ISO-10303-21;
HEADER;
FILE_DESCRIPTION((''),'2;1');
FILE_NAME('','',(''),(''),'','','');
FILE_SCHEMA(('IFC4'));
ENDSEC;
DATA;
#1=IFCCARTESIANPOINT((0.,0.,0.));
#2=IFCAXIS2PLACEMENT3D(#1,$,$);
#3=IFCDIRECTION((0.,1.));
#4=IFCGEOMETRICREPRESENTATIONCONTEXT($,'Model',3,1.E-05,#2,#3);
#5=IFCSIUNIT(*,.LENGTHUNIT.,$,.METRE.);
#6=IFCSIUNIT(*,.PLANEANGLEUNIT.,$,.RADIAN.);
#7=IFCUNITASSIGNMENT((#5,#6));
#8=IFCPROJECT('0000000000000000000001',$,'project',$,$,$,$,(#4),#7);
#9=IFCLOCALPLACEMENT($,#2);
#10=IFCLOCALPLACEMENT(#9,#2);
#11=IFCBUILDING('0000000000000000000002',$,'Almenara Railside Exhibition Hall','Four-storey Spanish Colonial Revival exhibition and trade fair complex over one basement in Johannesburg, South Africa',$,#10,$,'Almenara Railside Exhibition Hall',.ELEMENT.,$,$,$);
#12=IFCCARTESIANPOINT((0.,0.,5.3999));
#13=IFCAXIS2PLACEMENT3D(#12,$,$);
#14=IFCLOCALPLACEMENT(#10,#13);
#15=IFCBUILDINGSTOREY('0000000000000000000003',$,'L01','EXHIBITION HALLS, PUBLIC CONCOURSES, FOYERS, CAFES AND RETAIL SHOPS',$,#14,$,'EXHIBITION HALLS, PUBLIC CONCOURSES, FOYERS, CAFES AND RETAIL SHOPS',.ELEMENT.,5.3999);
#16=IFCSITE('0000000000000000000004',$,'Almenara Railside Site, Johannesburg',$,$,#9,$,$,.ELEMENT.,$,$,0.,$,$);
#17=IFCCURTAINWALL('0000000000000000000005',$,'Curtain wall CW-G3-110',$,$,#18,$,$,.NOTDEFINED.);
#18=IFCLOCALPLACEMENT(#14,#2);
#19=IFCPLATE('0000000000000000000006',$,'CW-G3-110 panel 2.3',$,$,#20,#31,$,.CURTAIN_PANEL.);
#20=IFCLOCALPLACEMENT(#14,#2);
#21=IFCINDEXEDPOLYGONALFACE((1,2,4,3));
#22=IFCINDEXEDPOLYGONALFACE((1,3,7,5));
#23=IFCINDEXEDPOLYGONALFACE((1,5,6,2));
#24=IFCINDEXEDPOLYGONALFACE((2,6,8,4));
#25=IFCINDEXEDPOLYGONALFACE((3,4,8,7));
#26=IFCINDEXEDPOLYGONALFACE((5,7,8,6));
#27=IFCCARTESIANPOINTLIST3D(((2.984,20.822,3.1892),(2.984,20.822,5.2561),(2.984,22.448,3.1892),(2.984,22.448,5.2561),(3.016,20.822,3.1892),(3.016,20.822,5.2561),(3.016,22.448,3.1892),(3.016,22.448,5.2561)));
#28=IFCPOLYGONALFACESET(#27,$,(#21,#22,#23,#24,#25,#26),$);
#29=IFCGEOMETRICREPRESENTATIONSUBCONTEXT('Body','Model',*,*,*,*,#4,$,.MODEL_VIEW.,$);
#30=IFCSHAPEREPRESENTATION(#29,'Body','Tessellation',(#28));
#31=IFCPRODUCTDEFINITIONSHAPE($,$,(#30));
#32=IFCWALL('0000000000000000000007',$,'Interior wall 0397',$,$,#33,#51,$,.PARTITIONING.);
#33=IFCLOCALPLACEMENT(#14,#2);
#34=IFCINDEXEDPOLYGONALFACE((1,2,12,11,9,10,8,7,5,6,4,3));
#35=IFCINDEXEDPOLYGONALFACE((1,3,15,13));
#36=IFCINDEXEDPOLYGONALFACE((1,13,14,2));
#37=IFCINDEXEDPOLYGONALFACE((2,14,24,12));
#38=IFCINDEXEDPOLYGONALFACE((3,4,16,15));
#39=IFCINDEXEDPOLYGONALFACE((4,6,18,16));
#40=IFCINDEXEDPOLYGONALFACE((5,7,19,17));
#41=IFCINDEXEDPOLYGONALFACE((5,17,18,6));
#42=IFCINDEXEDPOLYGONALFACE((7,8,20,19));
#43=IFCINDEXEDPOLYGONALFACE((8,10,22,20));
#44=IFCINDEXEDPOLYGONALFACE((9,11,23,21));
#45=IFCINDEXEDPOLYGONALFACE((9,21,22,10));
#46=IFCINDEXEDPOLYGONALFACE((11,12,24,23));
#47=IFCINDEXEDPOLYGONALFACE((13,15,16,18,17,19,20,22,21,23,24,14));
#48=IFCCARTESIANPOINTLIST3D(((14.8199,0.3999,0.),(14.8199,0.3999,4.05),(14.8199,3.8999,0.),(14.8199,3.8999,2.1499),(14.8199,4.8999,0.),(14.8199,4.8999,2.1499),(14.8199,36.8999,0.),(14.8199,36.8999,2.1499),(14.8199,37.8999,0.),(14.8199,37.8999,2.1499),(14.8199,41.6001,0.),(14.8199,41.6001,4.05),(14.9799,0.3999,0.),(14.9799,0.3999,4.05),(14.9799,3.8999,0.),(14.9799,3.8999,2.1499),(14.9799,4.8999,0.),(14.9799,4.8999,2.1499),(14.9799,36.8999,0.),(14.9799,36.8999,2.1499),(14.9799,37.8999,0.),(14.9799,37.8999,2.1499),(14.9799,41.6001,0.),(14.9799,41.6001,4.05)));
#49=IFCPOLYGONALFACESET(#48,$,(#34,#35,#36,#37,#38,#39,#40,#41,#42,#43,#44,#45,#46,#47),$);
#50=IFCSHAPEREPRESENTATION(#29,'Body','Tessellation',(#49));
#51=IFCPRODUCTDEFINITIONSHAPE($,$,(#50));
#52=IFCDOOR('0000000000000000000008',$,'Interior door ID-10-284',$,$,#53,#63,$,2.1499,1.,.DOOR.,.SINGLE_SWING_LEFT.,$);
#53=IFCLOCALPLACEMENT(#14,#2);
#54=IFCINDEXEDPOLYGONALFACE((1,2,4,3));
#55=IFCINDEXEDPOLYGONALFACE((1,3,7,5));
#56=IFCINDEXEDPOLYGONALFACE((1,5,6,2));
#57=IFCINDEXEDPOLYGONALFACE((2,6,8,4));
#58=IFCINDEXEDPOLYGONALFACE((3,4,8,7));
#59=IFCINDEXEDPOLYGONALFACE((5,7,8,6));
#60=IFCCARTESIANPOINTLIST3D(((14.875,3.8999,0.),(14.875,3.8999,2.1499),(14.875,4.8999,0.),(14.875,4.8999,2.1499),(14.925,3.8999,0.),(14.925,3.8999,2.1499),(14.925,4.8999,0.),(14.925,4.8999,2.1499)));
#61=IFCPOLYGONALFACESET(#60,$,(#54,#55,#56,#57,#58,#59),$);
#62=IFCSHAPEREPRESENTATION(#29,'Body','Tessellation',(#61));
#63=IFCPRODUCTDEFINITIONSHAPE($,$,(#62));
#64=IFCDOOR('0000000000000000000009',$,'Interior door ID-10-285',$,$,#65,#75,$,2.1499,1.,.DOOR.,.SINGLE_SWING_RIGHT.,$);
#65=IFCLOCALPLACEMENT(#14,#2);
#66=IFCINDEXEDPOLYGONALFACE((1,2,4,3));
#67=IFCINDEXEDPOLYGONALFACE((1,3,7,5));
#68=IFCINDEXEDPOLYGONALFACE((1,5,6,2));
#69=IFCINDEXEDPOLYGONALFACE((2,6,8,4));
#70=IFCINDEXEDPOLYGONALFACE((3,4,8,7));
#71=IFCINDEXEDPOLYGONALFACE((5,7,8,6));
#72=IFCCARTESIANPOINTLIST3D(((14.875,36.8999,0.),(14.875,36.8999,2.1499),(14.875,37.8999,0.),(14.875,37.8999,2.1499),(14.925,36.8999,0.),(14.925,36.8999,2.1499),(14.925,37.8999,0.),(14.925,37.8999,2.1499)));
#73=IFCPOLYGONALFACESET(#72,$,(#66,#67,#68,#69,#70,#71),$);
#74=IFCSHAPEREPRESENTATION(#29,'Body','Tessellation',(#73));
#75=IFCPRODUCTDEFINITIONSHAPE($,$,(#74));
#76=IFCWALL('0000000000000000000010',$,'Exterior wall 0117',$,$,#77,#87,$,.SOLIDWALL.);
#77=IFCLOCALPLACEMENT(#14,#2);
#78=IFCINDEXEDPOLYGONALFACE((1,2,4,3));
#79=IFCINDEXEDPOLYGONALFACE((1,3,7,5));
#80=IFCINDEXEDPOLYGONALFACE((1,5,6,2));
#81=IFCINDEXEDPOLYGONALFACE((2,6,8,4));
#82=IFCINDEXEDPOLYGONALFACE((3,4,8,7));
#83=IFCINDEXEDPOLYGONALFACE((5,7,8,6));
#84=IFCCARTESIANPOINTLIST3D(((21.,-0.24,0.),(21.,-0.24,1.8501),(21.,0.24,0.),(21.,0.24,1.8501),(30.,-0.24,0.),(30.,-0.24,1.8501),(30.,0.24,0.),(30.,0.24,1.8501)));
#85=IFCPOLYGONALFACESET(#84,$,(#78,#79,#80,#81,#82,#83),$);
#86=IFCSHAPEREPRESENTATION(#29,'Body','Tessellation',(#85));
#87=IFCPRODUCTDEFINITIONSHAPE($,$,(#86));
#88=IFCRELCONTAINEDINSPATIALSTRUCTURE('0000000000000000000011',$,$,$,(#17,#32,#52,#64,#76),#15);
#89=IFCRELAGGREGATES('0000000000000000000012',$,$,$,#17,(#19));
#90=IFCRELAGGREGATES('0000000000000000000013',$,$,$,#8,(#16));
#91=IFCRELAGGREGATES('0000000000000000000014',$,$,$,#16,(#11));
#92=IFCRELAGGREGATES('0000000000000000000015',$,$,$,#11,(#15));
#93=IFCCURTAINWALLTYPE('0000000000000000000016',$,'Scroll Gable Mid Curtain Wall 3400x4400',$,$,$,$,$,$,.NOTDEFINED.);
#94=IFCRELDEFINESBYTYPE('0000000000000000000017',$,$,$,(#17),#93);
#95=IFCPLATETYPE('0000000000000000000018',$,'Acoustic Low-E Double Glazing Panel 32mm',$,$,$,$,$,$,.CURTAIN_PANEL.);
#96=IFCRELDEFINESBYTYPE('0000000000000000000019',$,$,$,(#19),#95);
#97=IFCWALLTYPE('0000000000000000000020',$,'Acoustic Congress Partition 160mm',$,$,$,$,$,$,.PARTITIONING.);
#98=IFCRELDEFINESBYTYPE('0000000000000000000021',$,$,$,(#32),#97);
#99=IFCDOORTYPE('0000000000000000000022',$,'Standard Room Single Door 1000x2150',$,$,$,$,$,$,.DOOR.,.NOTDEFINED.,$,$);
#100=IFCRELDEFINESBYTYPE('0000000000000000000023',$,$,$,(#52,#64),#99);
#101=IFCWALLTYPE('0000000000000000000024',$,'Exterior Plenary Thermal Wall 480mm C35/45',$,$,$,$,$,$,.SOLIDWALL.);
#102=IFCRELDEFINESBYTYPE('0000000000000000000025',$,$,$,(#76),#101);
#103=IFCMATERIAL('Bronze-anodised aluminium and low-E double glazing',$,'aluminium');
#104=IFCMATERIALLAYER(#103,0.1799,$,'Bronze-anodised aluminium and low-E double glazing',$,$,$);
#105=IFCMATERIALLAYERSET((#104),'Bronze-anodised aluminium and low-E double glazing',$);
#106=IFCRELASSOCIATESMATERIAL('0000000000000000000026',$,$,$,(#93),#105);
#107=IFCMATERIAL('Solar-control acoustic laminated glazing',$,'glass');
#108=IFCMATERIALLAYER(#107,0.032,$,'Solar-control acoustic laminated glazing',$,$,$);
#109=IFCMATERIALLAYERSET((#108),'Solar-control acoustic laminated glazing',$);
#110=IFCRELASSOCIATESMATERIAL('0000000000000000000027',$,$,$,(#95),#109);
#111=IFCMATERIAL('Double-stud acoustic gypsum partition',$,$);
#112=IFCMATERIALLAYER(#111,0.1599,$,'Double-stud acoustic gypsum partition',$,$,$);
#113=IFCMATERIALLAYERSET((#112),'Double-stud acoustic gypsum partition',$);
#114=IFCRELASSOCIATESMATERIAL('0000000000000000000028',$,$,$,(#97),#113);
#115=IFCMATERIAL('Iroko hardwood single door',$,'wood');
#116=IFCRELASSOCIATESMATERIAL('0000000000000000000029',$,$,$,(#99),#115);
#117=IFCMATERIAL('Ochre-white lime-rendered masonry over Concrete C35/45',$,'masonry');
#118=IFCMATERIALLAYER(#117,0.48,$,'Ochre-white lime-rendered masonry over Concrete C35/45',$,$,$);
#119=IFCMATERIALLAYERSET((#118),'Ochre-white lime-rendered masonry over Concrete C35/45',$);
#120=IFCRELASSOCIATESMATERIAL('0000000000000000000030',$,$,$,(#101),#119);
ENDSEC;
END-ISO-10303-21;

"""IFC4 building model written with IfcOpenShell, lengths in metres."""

from ifc_helpers import new_model, si_unit, direction, frame, frame_2d, origin, origin_2d, place, context, subcontext, project, spatial, rectangle, extrude, material, layer, layer_set, type_object, element, fill, aggregate, save


model = new_model("IFC4")

# Units and contexts
model_context = context("Model", 3, precision=1e-05, world=origin(), true_north=direction((0.0, 1.0)))
body_context = subcontext(model_context, "Body", "Model", "MODEL_VIEW")
ifc_project = project(units=[si_unit("LENGTHUNIT", "METRE"), si_unit("PLANEANGLEUNIT", "RADIAN")], contexts=[model_context])

# Site, building, storey
site_placement = place(None, origin())
site = spatial("IfcSite", under=ifc_project, at=site_placement, Name="Almenara Railside Site, Johannesburg", CompositionType="ELEMENT", RefElevation=0.0)
building_placement = place(site_placement, origin())
building = spatial("IfcBuilding", under=site, at=building_placement, Name="Almenara Railside Exhibition Hall", Description="Four-storey Spanish Colonial Revival exhibition and trade fair complex over one basement in Johannesburg, South Africa", LongName="Almenara Railside Exhibition Hall", CompositionType="ELEMENT")
storey_placement = place(building_placement, frame((0.0, 0.0, 5.3999)))
storey = spatial("IfcBuildingStorey", under=building, at=storey_placement, Name="L01", Description="EXHIBITION HALLS, PUBLIC CONCOURSES, FOYERS, CAFES AND RETAIL SHOPS", LongName="EXHIBITION HALLS, PUBLIC CONCOURSES, FOYERS, CAFES AND RETAIL SHOPS", CompositionType="ELEMENT", Elevation=5.3999)

# Curtain wall
ifc_material_1 = material(Name="Bronze-anodised aluminium and low-E double glazing", Category="aluminium")
ifc_layer_1 = layer(ifc_material_1, 0.1799, Name="Bronze-anodised aluminium and low-E double glazing")
ifc_layer_set_1 = layer_set([ifc_layer_1], Name="Bronze-anodised aluminium and low-E double glazing")
curtain_wall_type_1 = type_object("IfcCurtainWallType", Name="Scroll Gable Mid Curtain Wall 3400x4400", PredefinedType="NOTDEFINED", material=ifc_layer_set_1)
curtain_wall_1_placement = place(storey_placement, origin())
curtain_wall_1 = element("IfcCurtainWall", 1, at=curtain_wall_1_placement, inside=storey, type_object=curtain_wall_type_1, Name="Curtain wall CW-G3-110", PredefinedType="NOTDEFINED")

# Plate
ifc_material_2 = material(Name="Solar-control acoustic laminated glazing", Category="glass")
ifc_layer_2 = layer(ifc_material_2, 0.032, Name="Solar-control acoustic laminated glazing")
ifc_layer_set_2 = layer_set([ifc_layer_2], Name="Solar-control acoustic laminated glazing")
plate_type = type_object("IfcPlateType", Name="Acoustic Low-E Double Glazing Panel 32mm", PredefinedType="CURTAIN_PANEL", material=ifc_layer_set_2)
plate_1_placement = place(storey_placement, frame((3.0, 21.635, 3.1892), z_axis=(0.0, 0.0, 1.0), x_axis=(0.0, 1.0, 0.0)))
plate_1 = element("IfcPlate", 2, at=plate_1_placement, type_object=plate_type, Name="CW-G3-110 panel 2.3", PredefinedType="CURTAIN_PANEL", context=body_context, shape_type="SweptSolid", body=[
    extrude(rectangle(XDim=1.626, YDim=0.032, at=origin_2d()), origin(), (0.0, 0.0, 1.0), 2.0669),
])
aggregate(curtain_wall_1, [plate_1])

# Wall, openings, doors
ifc_material_3 = material(Name="Double-stud acoustic gypsum partition")
ifc_layer_3 = layer(ifc_material_3, 0.1599, Name="Double-stud acoustic gypsum partition")
ifc_layer_set_3 = layer_set([ifc_layer_3], Name="Double-stud acoustic gypsum partition")
wall_type_1 = type_object("IfcWallType", Name="Acoustic Congress Partition 160mm", PredefinedType="PARTITIONING", material=ifc_layer_set_3)
wall_1_placement = place(storey_placement, frame((14.8999, 0.3999, 0.0), z_axis=(0.0, 0.0, 1.0), x_axis=(0.0, 1.0, 0.0)))
wall_1 = element("IfcWall", 3, at=wall_1_placement, inside=storey, type_object=wall_type_1, Name="Interior wall 0397", PredefinedType="PARTITIONING", context=body_context, shape_type="SweptSolid", body=[
    extrude(rectangle(XDim=41.2002, YDim=0.1599, at=frame_2d((20.6001, 0.0))), origin(), (0.0, 0.0, 1.0), 4.05),
])
opening_1_placement = place(wall_1_placement, frame((3.5, 0.0, 0.0)))
opening_1 = element("IfcOpeningElement", 4, at=opening_1_placement, cuts=wall_1, PredefinedType="OPENING", context=body_context, shape_type="SweptSolid", body=[
    extrude(rectangle(XDim=1.0, YDim=2.1499, at=frame_2d((0.5, 1.075))), frame((0.0, 0.0898, 0.0), z_axis=(0.0, -1.0, 0.0), x_axis=(1.0, 0.0, 0.0)), (0.0, 0.0, 1.0), 0.1799),
])
opening_2_placement = place(wall_1_placement, frame((36.5, 0.0, 0.0)))
opening_2 = element("IfcOpeningElement", 5, at=opening_2_placement, cuts=wall_1, PredefinedType="OPENING", context=body_context, shape_type="SweptSolid", body=[
    extrude(rectangle(XDim=1.0, YDim=2.1499, at=frame_2d((0.5, 1.075))), frame((0.0, 0.0898, 0.0), z_axis=(0.0, -1.0, 0.0), x_axis=(1.0, 0.0, 0.0)), (0.0, 0.0, 1.0), 0.1799),
])
ifc_material_4 = material(Name="Iroko hardwood single door", Category="wood")
door_type = type_object("IfcDoorType", Name="Standard Room Single Door 1000x2150", OperationType="NOTDEFINED", PredefinedType="DOOR", material=ifc_material_4)
door_1_placement = place(opening_1_placement, origin())
door_1 = element("IfcDoor", 6, at=door_1_placement, inside=storey, type_object=door_type, Name="Interior door ID-10-284", OperationType="SINGLE_SWING_LEFT", OverallHeight=2.1499, OverallWidth=1.0, PredefinedType="DOOR", context=body_context, shape_type="SweptSolid", body=[
    extrude(rectangle(XDim=1.0, YDim=2.1499, at=frame_2d((0.5, 1.075))), frame((0.0, 0.0249, 0.0), z_axis=(0.0, -1.0, 0.0), x_axis=(1.0, 0.0, 0.0)), (0.0, 0.0, 1.0), 0.05),
])
fill(opening_1, door_1)
door_2_placement = place(opening_2_placement, origin())
door_2 = element("IfcDoor", 7, at=door_2_placement, inside=storey, type_object=door_type, Name="Interior door ID-10-285", OperationType="SINGLE_SWING_RIGHT", OverallHeight=2.1499, OverallWidth=1.0, PredefinedType="DOOR", context=body_context, shape_type="SweptSolid", body=[
    extrude(rectangle(XDim=1.0, YDim=2.1499, at=frame_2d((0.5, 1.075))), frame((0.0, 0.0249, 0.0), z_axis=(0.0, -1.0, 0.0), x_axis=(1.0, 0.0, 0.0)), (0.0, 0.0, 1.0), 0.05),
])
fill(opening_2, door_2)

# Wall
ifc_material_5 = material(Name="Ochre-white lime-rendered masonry over Concrete C35/45", Category="masonry")
ifc_layer_4 = layer(ifc_material_5, 0.48, Name="Ochre-white lime-rendered masonry over Concrete C35/45")
ifc_layer_set_4 = layer_set([ifc_layer_4], Name="Ochre-white lime-rendered masonry over Concrete C35/45")
wall_type_2 = type_object("IfcWallType", Name="Exterior Plenary Thermal Wall 480mm C35/45", PredefinedType="SOLIDWALL", material=ifc_layer_set_4)
wall_2_placement = place(storey_placement, frame((21.0, 0.0, 0.0), z_axis=(0.0, 0.0, 1.0), x_axis=(1.0, 0.0, 0.0)))
element("IfcWall", 8, at=wall_2_placement, inside=storey, type_object=wall_type_2, Name="Exterior wall 0117", PredefinedType="SOLIDWALL", context=body_context, shape_type="SweptSolid", body=[
    extrude(rectangle(XDim=9.0, YDim=0.48, at=frame_2d((4.5, 0.0))), origin(), (0.0, 0.0, 1.0), 1.8501),
])

save(model, "model.ifc")
